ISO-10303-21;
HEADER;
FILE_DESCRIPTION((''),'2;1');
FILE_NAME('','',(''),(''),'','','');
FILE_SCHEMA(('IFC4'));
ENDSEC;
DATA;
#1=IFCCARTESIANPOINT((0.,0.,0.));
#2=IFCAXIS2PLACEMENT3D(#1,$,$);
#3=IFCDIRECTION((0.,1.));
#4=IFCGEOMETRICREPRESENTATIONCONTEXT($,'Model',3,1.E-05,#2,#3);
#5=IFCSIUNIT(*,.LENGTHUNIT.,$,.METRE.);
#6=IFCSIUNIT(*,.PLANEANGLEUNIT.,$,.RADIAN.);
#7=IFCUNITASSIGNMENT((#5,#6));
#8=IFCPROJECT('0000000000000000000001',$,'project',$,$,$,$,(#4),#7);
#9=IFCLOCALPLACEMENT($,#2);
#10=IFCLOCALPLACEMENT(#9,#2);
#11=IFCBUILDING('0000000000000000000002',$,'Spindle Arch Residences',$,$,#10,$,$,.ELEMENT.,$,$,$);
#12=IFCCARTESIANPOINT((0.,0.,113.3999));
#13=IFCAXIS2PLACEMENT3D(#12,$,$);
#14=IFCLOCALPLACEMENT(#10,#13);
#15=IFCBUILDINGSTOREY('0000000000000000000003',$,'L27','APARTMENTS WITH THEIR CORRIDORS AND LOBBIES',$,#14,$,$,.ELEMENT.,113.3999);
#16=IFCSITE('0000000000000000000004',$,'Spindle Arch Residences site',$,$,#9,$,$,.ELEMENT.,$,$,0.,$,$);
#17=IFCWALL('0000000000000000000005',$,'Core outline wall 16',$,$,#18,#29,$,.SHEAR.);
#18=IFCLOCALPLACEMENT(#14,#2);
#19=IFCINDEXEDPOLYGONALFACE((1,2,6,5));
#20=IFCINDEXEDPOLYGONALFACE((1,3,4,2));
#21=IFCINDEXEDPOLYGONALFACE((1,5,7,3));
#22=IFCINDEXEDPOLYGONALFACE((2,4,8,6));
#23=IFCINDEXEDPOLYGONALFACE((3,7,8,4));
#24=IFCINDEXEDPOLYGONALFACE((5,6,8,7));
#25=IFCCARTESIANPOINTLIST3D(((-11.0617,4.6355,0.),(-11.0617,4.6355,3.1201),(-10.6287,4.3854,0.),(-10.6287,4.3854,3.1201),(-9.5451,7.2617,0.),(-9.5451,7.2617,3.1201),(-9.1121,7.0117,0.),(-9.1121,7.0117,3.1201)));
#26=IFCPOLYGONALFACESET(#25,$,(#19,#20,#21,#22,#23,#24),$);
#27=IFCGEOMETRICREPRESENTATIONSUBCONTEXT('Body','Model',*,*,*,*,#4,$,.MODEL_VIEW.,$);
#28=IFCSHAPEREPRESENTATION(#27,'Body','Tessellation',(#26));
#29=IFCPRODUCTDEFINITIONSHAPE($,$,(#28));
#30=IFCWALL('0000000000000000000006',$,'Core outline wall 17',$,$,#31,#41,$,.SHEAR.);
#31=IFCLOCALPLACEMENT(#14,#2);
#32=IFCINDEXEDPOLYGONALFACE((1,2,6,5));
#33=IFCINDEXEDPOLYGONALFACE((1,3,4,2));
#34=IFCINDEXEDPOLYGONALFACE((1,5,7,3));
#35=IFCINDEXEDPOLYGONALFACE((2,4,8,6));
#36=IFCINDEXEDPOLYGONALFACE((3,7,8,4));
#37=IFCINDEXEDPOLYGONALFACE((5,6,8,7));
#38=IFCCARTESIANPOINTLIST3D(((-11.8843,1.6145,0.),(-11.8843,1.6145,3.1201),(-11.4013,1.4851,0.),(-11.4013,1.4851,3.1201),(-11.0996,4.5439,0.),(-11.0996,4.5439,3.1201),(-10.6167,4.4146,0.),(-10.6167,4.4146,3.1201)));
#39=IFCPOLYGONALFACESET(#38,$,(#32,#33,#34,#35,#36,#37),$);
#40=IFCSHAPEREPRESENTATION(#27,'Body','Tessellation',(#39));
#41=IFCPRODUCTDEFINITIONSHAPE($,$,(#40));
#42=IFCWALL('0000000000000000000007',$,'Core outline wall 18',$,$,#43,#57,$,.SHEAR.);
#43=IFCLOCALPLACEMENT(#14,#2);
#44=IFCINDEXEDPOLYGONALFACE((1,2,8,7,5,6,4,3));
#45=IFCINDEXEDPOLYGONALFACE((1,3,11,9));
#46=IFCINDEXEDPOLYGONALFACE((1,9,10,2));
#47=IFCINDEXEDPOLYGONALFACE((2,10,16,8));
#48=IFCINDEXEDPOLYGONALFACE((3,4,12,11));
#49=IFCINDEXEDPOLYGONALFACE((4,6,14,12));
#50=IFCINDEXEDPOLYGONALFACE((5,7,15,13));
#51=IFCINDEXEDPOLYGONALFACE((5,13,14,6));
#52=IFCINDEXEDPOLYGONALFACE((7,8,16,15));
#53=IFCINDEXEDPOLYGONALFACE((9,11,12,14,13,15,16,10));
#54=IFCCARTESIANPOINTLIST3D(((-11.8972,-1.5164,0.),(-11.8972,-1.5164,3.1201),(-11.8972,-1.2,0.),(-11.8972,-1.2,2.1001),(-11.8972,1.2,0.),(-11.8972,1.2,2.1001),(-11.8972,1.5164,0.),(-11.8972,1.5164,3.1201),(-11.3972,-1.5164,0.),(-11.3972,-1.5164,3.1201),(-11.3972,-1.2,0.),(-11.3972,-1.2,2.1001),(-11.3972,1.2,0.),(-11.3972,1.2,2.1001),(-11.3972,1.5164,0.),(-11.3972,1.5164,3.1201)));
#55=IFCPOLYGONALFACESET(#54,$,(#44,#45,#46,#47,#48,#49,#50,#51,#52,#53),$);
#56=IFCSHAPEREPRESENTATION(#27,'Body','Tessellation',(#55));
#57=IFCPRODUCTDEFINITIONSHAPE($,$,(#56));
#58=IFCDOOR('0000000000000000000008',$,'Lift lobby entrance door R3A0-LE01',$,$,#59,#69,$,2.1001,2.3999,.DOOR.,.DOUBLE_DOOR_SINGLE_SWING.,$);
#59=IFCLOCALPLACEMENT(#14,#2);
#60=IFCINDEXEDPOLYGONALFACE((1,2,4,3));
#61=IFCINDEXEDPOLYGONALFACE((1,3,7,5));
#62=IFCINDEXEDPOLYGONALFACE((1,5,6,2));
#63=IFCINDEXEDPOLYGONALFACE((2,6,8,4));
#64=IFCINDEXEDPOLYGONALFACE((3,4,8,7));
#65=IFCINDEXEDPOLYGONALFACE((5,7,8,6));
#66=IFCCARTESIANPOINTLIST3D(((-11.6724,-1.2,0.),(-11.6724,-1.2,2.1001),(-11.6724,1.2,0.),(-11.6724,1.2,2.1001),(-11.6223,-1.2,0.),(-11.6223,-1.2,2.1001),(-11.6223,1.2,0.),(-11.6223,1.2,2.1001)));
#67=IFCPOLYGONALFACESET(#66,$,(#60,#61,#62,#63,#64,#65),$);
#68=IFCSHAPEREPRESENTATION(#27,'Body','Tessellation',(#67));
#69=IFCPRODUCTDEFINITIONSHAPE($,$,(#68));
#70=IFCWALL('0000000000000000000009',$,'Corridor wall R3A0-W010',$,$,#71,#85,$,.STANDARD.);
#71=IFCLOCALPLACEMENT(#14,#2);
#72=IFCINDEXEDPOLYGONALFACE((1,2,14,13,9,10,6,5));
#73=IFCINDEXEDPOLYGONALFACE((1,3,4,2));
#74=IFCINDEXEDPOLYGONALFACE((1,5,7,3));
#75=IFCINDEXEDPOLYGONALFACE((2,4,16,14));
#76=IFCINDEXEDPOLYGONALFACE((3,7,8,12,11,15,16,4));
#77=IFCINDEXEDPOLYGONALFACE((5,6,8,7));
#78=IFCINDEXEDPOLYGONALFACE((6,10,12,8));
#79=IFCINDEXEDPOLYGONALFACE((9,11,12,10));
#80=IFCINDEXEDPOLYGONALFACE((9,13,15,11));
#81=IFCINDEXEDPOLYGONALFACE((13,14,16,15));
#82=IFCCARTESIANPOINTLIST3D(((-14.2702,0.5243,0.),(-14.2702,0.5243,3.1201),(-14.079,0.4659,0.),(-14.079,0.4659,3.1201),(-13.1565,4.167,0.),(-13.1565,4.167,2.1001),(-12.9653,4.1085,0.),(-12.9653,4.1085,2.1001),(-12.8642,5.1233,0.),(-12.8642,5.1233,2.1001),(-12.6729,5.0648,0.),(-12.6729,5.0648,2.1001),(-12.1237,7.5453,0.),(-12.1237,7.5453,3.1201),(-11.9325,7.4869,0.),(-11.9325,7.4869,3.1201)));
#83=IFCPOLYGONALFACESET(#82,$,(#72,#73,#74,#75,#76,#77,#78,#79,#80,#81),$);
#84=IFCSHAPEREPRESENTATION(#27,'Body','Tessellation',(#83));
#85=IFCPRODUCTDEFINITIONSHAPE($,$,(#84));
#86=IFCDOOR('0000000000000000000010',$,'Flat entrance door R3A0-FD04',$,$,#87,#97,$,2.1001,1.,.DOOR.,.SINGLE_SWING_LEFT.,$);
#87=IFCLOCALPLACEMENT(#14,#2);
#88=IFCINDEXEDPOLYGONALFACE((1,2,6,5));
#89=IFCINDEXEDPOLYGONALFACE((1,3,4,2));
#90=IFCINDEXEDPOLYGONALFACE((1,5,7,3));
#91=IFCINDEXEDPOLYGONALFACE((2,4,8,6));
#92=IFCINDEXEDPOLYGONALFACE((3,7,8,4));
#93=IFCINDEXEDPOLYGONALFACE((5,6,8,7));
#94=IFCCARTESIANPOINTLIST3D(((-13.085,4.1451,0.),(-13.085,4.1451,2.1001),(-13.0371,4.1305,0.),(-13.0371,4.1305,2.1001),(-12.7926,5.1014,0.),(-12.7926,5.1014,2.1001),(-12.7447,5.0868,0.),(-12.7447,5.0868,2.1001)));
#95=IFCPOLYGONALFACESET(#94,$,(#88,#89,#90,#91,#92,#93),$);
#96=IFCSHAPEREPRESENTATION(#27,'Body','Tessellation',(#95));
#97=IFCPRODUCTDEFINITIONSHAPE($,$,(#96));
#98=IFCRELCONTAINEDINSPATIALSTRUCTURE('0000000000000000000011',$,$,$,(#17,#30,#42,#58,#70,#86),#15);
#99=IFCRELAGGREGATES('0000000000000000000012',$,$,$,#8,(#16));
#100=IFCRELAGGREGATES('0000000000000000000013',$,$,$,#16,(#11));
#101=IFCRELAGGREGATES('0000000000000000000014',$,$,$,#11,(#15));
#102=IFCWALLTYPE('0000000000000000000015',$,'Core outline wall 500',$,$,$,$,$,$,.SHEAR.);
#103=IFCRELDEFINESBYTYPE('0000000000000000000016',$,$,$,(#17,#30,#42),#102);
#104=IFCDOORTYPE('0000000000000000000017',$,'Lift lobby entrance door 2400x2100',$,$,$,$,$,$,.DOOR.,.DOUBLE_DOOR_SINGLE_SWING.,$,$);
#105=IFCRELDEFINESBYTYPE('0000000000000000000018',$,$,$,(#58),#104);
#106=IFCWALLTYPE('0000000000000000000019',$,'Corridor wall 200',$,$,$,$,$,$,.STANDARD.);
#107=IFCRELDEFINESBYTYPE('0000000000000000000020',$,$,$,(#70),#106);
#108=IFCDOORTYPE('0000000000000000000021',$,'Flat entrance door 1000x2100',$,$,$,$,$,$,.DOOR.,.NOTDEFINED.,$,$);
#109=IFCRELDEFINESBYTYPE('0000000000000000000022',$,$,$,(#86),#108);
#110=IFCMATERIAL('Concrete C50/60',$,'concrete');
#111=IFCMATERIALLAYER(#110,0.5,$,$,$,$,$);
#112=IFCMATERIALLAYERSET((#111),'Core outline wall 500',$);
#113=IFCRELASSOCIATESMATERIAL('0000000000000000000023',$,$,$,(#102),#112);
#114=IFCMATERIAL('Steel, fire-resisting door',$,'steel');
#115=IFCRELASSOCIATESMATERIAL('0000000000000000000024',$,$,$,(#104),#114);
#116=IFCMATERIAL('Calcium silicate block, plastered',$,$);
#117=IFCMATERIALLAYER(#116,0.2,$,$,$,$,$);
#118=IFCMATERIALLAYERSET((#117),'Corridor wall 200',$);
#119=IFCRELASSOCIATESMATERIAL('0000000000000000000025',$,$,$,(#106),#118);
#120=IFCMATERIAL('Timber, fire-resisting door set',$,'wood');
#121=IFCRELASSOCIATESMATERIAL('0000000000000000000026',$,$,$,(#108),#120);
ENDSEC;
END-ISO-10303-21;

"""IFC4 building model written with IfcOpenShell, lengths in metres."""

from ifc_helpers import new_model, si_unit, direction, frame, frame_2d, origin, place, context, subcontext, project, spatial, rectangle, extrude, material, layer, layer_set, type_object, element, fill, save


model = new_model("IFC4")

# Units and contexts
model_context = context("Model", 3, precision=1e-05, world=origin(), true_north=direction((0.0, 1.0)))
body_context = subcontext(model_context, "Body", "Model", "MODEL_VIEW")
ifc_project = project(units=[si_unit("LENGTHUNIT", "METRE"), si_unit("PLANEANGLEUNIT", "RADIAN")], contexts=[model_context])

# Site, building, storey
site_placement = place(None, origin())
site = spatial("IfcSite", under=ifc_project, at=site_placement, Name="Spindle Arch Residences site", CompositionType="ELEMENT", RefElevation=0.0)
building_placement = place(site_placement, origin())
building = spatial("IfcBuilding", under=site, at=building_placement, Name="Spindle Arch Residences", CompositionType="ELEMENT")
storey_placement = place(building_placement, frame((0.0, 0.0, 113.3999)))
storey = spatial("IfcBuildingStorey", under=building, at=storey_placement, Name="L27", Description="APARTMENTS WITH THEIR CORRIDORS AND LOBBIES", CompositionType="ELEMENT", Elevation=113.3999)

# Walls
ifc_material_1 = material(Name="Concrete C50/60", Category="concrete")
ifc_layer_1 = layer(ifc_material_1, 0.5)
ifc_layer_set_1 = layer_set([ifc_layer_1], Name="Core outline wall 500")
wall_type_1 = type_object("IfcWallType", Name="Core outline wall 500", PredefinedType="SHEAR", material=ifc_layer_set_1)
for number, where, z_axis, x_axis, name in (
    (1, (-9.3286, 7.1367, 0.0), (0.0, 0.0, 1.0), (-0.500087, -0.865975, 0.0), "Core outline wall 16"),
    (2, (-10.8582, 4.4792, 0.0), (0.0, 0.0, 1.0), (-0.258735, -0.965948, 0.0), "Core outline wall 17"),
):
    element("IfcWall", number, at=place(storey_placement, frame(where, z_axis=z_axis, x_axis=x_axis)), inside=storey, type_object=wall_type_1, Name=name, PredefinedType="SHEAR", context=body_context, shape_type="SweptSolid", body=[
        extrude(rectangle(XDim=3.0327, YDim=0.5, at=frame_2d((1.5164, 0.0))), origin(), (0.0, 0.0, 1.0), 3.1201),
    ])

# Walls, openings, doors
wall_1_placement = place(storey_placement, frame((-11.6472, 1.5164, 0.0), z_axis=(0.0, 0.0, 1.0), x_axis=(0.0, -1.0, 0.0)))
wall_1 = element("IfcWall", 3, at=wall_1_placement, inside=storey, type_object=wall_type_1, Name="Core outline wall 18", PredefinedType="SHEAR", context=body_context, shape_type="SweptSolid", body=[
    extrude(rectangle(XDim=3.0327, YDim=0.5, at=frame_2d((1.5164, 0.0))), origin(), (0.0, 0.0, 1.0), 3.1201),
])
opening_1_placement = place(wall_1_placement, frame((0.3164, 0.0, 0.0)))
opening_1 = element("IfcOpeningElement", 4, at=opening_1_placement, cuts=wall_1, PredefinedType="OPENING", context=body_context, shape_type="SweptSolid", body=[
    extrude(rectangle(XDim=2.3999, YDim=2.1001, at=frame_2d((1.2, 1.05))), frame((0.0, 0.26, 0.0), z_axis=(0.0, -1.0, 0.0), x_axis=(1.0, 0.0, 0.0)), (0.0, 0.0, 1.0), 0.52),
])
ifc_material_2 = material(Name="Steel, fire-resisting door", Category="steel")
door_type_1 = type_object("IfcDoorType", Name="Lift lobby entrance door 2400x2100", OperationType="DOUBLE_DOOR_SINGLE_SWING", PredefinedType="DOOR", material=ifc_material_2)
door_1_placement = place(opening_1_placement, origin())
door_1 = element("IfcDoor", 5, at=door_1_placement, inside=storey, type_object=door_type_1, Name="Lift lobby entrance door R3A0-LE01", OperationType="DOUBLE_DOOR_SINGLE_SWING", OverallHeight=2.1001, OverallWidth=2.3999, PredefinedType="DOOR", context=body_context, shape_type="SweptSolid", body=[
    extrude(rectangle(XDim=2.3999, YDim=2.1001, at=frame_2d((1.2, 1.05))), frame((0.0, 0.0249, 0.0), z_axis=(0.0, -1.0, 0.0), x_axis=(1.0, 0.0, 0.0)), (0.0, 0.0, 1.0), 0.05),
])
fill(opening_1, door_1)
ifc_material_3 = material(Name="Calcium silicate block, plastered")
ifc_layer_2 = layer(ifc_material_3, 0.2)
ifc_layer_set_2 = layer_set([ifc_layer_2], Name="Corridor wall 200")
wall_type_2 = type_object("IfcWallType", Name="Corridor wall 200", PredefinedType="STANDARD", material=ifc_layer_set_2)
wall_2_placement = place(storey_placement, frame((-12.0281, 7.5161, 0.0), z_axis=(0.0, 0.0, 1.0), x_axis=(-0.292366, -0.956307, 0.0)))
wall_2 = element("IfcWall", 6, at=wall_2_placement, inside=storey, type_object=wall_type_2, Name="Corridor wall R3A0-W010", PredefinedType="STANDARD", context=body_context, shape_type="SweptSolid", body=[
    extrude(rectangle(XDim=7.3418, YDim=0.2, at=frame_2d((3.6709, 0.0))), origin(), (0.0, 0.0, 1.0), 3.1201),
])
opening_2_placement = place(wall_2_placement, frame((2.5327, 0.0, 0.0)))
opening_2 = element("IfcOpeningElement", 7, at=opening_2_placement, cuts=wall_2, PredefinedType="OPENING", context=body_context, shape_type="SweptSolid", body=[
    extrude(rectangle(XDim=1.0, YDim=2.1001, at=frame_2d((0.5, 1.05))), frame((0.0, 0.1099, 0.0), z_axis=(0.0, -1.0, 0.0), x_axis=(1.0, 0.0, 0.0)), (0.0, 0.0, 1.0), 0.22),
])
ifc_material_4 = material(Name="Timber, fire-resisting door set", Category="wood")
door_type_2 = type_object("IfcDoorType", Name="Flat entrance door 1000x2100", OperationType="NOTDEFINED", PredefinedType="DOOR", material=ifc_material_4)
door_2_placement = place(opening_2_placement, origin())
door_2 = element("IfcDoor", 8, at=door_2_placement, inside=storey, type_object=door_type_2, Name="Flat entrance door R3A0-FD04", OperationType="SINGLE_SWING_LEFT", OverallHeight=2.1001, OverallWidth=1.0, PredefinedType="DOOR", context=body_context, shape_type="SweptSolid", body=[
    extrude(rectangle(XDim=1.0, YDim=2.1001, at=frame_2d((0.5, 1.05))), frame((0.0, 0.0249, 0.0), z_axis=(0.0, -1.0, 0.0), x_axis=(1.0, 0.0, 0.0)), (0.0, 0.0, 1.0), 0.05),
])
fill(opening_2, door_2)

save(model, "model.ifc")
